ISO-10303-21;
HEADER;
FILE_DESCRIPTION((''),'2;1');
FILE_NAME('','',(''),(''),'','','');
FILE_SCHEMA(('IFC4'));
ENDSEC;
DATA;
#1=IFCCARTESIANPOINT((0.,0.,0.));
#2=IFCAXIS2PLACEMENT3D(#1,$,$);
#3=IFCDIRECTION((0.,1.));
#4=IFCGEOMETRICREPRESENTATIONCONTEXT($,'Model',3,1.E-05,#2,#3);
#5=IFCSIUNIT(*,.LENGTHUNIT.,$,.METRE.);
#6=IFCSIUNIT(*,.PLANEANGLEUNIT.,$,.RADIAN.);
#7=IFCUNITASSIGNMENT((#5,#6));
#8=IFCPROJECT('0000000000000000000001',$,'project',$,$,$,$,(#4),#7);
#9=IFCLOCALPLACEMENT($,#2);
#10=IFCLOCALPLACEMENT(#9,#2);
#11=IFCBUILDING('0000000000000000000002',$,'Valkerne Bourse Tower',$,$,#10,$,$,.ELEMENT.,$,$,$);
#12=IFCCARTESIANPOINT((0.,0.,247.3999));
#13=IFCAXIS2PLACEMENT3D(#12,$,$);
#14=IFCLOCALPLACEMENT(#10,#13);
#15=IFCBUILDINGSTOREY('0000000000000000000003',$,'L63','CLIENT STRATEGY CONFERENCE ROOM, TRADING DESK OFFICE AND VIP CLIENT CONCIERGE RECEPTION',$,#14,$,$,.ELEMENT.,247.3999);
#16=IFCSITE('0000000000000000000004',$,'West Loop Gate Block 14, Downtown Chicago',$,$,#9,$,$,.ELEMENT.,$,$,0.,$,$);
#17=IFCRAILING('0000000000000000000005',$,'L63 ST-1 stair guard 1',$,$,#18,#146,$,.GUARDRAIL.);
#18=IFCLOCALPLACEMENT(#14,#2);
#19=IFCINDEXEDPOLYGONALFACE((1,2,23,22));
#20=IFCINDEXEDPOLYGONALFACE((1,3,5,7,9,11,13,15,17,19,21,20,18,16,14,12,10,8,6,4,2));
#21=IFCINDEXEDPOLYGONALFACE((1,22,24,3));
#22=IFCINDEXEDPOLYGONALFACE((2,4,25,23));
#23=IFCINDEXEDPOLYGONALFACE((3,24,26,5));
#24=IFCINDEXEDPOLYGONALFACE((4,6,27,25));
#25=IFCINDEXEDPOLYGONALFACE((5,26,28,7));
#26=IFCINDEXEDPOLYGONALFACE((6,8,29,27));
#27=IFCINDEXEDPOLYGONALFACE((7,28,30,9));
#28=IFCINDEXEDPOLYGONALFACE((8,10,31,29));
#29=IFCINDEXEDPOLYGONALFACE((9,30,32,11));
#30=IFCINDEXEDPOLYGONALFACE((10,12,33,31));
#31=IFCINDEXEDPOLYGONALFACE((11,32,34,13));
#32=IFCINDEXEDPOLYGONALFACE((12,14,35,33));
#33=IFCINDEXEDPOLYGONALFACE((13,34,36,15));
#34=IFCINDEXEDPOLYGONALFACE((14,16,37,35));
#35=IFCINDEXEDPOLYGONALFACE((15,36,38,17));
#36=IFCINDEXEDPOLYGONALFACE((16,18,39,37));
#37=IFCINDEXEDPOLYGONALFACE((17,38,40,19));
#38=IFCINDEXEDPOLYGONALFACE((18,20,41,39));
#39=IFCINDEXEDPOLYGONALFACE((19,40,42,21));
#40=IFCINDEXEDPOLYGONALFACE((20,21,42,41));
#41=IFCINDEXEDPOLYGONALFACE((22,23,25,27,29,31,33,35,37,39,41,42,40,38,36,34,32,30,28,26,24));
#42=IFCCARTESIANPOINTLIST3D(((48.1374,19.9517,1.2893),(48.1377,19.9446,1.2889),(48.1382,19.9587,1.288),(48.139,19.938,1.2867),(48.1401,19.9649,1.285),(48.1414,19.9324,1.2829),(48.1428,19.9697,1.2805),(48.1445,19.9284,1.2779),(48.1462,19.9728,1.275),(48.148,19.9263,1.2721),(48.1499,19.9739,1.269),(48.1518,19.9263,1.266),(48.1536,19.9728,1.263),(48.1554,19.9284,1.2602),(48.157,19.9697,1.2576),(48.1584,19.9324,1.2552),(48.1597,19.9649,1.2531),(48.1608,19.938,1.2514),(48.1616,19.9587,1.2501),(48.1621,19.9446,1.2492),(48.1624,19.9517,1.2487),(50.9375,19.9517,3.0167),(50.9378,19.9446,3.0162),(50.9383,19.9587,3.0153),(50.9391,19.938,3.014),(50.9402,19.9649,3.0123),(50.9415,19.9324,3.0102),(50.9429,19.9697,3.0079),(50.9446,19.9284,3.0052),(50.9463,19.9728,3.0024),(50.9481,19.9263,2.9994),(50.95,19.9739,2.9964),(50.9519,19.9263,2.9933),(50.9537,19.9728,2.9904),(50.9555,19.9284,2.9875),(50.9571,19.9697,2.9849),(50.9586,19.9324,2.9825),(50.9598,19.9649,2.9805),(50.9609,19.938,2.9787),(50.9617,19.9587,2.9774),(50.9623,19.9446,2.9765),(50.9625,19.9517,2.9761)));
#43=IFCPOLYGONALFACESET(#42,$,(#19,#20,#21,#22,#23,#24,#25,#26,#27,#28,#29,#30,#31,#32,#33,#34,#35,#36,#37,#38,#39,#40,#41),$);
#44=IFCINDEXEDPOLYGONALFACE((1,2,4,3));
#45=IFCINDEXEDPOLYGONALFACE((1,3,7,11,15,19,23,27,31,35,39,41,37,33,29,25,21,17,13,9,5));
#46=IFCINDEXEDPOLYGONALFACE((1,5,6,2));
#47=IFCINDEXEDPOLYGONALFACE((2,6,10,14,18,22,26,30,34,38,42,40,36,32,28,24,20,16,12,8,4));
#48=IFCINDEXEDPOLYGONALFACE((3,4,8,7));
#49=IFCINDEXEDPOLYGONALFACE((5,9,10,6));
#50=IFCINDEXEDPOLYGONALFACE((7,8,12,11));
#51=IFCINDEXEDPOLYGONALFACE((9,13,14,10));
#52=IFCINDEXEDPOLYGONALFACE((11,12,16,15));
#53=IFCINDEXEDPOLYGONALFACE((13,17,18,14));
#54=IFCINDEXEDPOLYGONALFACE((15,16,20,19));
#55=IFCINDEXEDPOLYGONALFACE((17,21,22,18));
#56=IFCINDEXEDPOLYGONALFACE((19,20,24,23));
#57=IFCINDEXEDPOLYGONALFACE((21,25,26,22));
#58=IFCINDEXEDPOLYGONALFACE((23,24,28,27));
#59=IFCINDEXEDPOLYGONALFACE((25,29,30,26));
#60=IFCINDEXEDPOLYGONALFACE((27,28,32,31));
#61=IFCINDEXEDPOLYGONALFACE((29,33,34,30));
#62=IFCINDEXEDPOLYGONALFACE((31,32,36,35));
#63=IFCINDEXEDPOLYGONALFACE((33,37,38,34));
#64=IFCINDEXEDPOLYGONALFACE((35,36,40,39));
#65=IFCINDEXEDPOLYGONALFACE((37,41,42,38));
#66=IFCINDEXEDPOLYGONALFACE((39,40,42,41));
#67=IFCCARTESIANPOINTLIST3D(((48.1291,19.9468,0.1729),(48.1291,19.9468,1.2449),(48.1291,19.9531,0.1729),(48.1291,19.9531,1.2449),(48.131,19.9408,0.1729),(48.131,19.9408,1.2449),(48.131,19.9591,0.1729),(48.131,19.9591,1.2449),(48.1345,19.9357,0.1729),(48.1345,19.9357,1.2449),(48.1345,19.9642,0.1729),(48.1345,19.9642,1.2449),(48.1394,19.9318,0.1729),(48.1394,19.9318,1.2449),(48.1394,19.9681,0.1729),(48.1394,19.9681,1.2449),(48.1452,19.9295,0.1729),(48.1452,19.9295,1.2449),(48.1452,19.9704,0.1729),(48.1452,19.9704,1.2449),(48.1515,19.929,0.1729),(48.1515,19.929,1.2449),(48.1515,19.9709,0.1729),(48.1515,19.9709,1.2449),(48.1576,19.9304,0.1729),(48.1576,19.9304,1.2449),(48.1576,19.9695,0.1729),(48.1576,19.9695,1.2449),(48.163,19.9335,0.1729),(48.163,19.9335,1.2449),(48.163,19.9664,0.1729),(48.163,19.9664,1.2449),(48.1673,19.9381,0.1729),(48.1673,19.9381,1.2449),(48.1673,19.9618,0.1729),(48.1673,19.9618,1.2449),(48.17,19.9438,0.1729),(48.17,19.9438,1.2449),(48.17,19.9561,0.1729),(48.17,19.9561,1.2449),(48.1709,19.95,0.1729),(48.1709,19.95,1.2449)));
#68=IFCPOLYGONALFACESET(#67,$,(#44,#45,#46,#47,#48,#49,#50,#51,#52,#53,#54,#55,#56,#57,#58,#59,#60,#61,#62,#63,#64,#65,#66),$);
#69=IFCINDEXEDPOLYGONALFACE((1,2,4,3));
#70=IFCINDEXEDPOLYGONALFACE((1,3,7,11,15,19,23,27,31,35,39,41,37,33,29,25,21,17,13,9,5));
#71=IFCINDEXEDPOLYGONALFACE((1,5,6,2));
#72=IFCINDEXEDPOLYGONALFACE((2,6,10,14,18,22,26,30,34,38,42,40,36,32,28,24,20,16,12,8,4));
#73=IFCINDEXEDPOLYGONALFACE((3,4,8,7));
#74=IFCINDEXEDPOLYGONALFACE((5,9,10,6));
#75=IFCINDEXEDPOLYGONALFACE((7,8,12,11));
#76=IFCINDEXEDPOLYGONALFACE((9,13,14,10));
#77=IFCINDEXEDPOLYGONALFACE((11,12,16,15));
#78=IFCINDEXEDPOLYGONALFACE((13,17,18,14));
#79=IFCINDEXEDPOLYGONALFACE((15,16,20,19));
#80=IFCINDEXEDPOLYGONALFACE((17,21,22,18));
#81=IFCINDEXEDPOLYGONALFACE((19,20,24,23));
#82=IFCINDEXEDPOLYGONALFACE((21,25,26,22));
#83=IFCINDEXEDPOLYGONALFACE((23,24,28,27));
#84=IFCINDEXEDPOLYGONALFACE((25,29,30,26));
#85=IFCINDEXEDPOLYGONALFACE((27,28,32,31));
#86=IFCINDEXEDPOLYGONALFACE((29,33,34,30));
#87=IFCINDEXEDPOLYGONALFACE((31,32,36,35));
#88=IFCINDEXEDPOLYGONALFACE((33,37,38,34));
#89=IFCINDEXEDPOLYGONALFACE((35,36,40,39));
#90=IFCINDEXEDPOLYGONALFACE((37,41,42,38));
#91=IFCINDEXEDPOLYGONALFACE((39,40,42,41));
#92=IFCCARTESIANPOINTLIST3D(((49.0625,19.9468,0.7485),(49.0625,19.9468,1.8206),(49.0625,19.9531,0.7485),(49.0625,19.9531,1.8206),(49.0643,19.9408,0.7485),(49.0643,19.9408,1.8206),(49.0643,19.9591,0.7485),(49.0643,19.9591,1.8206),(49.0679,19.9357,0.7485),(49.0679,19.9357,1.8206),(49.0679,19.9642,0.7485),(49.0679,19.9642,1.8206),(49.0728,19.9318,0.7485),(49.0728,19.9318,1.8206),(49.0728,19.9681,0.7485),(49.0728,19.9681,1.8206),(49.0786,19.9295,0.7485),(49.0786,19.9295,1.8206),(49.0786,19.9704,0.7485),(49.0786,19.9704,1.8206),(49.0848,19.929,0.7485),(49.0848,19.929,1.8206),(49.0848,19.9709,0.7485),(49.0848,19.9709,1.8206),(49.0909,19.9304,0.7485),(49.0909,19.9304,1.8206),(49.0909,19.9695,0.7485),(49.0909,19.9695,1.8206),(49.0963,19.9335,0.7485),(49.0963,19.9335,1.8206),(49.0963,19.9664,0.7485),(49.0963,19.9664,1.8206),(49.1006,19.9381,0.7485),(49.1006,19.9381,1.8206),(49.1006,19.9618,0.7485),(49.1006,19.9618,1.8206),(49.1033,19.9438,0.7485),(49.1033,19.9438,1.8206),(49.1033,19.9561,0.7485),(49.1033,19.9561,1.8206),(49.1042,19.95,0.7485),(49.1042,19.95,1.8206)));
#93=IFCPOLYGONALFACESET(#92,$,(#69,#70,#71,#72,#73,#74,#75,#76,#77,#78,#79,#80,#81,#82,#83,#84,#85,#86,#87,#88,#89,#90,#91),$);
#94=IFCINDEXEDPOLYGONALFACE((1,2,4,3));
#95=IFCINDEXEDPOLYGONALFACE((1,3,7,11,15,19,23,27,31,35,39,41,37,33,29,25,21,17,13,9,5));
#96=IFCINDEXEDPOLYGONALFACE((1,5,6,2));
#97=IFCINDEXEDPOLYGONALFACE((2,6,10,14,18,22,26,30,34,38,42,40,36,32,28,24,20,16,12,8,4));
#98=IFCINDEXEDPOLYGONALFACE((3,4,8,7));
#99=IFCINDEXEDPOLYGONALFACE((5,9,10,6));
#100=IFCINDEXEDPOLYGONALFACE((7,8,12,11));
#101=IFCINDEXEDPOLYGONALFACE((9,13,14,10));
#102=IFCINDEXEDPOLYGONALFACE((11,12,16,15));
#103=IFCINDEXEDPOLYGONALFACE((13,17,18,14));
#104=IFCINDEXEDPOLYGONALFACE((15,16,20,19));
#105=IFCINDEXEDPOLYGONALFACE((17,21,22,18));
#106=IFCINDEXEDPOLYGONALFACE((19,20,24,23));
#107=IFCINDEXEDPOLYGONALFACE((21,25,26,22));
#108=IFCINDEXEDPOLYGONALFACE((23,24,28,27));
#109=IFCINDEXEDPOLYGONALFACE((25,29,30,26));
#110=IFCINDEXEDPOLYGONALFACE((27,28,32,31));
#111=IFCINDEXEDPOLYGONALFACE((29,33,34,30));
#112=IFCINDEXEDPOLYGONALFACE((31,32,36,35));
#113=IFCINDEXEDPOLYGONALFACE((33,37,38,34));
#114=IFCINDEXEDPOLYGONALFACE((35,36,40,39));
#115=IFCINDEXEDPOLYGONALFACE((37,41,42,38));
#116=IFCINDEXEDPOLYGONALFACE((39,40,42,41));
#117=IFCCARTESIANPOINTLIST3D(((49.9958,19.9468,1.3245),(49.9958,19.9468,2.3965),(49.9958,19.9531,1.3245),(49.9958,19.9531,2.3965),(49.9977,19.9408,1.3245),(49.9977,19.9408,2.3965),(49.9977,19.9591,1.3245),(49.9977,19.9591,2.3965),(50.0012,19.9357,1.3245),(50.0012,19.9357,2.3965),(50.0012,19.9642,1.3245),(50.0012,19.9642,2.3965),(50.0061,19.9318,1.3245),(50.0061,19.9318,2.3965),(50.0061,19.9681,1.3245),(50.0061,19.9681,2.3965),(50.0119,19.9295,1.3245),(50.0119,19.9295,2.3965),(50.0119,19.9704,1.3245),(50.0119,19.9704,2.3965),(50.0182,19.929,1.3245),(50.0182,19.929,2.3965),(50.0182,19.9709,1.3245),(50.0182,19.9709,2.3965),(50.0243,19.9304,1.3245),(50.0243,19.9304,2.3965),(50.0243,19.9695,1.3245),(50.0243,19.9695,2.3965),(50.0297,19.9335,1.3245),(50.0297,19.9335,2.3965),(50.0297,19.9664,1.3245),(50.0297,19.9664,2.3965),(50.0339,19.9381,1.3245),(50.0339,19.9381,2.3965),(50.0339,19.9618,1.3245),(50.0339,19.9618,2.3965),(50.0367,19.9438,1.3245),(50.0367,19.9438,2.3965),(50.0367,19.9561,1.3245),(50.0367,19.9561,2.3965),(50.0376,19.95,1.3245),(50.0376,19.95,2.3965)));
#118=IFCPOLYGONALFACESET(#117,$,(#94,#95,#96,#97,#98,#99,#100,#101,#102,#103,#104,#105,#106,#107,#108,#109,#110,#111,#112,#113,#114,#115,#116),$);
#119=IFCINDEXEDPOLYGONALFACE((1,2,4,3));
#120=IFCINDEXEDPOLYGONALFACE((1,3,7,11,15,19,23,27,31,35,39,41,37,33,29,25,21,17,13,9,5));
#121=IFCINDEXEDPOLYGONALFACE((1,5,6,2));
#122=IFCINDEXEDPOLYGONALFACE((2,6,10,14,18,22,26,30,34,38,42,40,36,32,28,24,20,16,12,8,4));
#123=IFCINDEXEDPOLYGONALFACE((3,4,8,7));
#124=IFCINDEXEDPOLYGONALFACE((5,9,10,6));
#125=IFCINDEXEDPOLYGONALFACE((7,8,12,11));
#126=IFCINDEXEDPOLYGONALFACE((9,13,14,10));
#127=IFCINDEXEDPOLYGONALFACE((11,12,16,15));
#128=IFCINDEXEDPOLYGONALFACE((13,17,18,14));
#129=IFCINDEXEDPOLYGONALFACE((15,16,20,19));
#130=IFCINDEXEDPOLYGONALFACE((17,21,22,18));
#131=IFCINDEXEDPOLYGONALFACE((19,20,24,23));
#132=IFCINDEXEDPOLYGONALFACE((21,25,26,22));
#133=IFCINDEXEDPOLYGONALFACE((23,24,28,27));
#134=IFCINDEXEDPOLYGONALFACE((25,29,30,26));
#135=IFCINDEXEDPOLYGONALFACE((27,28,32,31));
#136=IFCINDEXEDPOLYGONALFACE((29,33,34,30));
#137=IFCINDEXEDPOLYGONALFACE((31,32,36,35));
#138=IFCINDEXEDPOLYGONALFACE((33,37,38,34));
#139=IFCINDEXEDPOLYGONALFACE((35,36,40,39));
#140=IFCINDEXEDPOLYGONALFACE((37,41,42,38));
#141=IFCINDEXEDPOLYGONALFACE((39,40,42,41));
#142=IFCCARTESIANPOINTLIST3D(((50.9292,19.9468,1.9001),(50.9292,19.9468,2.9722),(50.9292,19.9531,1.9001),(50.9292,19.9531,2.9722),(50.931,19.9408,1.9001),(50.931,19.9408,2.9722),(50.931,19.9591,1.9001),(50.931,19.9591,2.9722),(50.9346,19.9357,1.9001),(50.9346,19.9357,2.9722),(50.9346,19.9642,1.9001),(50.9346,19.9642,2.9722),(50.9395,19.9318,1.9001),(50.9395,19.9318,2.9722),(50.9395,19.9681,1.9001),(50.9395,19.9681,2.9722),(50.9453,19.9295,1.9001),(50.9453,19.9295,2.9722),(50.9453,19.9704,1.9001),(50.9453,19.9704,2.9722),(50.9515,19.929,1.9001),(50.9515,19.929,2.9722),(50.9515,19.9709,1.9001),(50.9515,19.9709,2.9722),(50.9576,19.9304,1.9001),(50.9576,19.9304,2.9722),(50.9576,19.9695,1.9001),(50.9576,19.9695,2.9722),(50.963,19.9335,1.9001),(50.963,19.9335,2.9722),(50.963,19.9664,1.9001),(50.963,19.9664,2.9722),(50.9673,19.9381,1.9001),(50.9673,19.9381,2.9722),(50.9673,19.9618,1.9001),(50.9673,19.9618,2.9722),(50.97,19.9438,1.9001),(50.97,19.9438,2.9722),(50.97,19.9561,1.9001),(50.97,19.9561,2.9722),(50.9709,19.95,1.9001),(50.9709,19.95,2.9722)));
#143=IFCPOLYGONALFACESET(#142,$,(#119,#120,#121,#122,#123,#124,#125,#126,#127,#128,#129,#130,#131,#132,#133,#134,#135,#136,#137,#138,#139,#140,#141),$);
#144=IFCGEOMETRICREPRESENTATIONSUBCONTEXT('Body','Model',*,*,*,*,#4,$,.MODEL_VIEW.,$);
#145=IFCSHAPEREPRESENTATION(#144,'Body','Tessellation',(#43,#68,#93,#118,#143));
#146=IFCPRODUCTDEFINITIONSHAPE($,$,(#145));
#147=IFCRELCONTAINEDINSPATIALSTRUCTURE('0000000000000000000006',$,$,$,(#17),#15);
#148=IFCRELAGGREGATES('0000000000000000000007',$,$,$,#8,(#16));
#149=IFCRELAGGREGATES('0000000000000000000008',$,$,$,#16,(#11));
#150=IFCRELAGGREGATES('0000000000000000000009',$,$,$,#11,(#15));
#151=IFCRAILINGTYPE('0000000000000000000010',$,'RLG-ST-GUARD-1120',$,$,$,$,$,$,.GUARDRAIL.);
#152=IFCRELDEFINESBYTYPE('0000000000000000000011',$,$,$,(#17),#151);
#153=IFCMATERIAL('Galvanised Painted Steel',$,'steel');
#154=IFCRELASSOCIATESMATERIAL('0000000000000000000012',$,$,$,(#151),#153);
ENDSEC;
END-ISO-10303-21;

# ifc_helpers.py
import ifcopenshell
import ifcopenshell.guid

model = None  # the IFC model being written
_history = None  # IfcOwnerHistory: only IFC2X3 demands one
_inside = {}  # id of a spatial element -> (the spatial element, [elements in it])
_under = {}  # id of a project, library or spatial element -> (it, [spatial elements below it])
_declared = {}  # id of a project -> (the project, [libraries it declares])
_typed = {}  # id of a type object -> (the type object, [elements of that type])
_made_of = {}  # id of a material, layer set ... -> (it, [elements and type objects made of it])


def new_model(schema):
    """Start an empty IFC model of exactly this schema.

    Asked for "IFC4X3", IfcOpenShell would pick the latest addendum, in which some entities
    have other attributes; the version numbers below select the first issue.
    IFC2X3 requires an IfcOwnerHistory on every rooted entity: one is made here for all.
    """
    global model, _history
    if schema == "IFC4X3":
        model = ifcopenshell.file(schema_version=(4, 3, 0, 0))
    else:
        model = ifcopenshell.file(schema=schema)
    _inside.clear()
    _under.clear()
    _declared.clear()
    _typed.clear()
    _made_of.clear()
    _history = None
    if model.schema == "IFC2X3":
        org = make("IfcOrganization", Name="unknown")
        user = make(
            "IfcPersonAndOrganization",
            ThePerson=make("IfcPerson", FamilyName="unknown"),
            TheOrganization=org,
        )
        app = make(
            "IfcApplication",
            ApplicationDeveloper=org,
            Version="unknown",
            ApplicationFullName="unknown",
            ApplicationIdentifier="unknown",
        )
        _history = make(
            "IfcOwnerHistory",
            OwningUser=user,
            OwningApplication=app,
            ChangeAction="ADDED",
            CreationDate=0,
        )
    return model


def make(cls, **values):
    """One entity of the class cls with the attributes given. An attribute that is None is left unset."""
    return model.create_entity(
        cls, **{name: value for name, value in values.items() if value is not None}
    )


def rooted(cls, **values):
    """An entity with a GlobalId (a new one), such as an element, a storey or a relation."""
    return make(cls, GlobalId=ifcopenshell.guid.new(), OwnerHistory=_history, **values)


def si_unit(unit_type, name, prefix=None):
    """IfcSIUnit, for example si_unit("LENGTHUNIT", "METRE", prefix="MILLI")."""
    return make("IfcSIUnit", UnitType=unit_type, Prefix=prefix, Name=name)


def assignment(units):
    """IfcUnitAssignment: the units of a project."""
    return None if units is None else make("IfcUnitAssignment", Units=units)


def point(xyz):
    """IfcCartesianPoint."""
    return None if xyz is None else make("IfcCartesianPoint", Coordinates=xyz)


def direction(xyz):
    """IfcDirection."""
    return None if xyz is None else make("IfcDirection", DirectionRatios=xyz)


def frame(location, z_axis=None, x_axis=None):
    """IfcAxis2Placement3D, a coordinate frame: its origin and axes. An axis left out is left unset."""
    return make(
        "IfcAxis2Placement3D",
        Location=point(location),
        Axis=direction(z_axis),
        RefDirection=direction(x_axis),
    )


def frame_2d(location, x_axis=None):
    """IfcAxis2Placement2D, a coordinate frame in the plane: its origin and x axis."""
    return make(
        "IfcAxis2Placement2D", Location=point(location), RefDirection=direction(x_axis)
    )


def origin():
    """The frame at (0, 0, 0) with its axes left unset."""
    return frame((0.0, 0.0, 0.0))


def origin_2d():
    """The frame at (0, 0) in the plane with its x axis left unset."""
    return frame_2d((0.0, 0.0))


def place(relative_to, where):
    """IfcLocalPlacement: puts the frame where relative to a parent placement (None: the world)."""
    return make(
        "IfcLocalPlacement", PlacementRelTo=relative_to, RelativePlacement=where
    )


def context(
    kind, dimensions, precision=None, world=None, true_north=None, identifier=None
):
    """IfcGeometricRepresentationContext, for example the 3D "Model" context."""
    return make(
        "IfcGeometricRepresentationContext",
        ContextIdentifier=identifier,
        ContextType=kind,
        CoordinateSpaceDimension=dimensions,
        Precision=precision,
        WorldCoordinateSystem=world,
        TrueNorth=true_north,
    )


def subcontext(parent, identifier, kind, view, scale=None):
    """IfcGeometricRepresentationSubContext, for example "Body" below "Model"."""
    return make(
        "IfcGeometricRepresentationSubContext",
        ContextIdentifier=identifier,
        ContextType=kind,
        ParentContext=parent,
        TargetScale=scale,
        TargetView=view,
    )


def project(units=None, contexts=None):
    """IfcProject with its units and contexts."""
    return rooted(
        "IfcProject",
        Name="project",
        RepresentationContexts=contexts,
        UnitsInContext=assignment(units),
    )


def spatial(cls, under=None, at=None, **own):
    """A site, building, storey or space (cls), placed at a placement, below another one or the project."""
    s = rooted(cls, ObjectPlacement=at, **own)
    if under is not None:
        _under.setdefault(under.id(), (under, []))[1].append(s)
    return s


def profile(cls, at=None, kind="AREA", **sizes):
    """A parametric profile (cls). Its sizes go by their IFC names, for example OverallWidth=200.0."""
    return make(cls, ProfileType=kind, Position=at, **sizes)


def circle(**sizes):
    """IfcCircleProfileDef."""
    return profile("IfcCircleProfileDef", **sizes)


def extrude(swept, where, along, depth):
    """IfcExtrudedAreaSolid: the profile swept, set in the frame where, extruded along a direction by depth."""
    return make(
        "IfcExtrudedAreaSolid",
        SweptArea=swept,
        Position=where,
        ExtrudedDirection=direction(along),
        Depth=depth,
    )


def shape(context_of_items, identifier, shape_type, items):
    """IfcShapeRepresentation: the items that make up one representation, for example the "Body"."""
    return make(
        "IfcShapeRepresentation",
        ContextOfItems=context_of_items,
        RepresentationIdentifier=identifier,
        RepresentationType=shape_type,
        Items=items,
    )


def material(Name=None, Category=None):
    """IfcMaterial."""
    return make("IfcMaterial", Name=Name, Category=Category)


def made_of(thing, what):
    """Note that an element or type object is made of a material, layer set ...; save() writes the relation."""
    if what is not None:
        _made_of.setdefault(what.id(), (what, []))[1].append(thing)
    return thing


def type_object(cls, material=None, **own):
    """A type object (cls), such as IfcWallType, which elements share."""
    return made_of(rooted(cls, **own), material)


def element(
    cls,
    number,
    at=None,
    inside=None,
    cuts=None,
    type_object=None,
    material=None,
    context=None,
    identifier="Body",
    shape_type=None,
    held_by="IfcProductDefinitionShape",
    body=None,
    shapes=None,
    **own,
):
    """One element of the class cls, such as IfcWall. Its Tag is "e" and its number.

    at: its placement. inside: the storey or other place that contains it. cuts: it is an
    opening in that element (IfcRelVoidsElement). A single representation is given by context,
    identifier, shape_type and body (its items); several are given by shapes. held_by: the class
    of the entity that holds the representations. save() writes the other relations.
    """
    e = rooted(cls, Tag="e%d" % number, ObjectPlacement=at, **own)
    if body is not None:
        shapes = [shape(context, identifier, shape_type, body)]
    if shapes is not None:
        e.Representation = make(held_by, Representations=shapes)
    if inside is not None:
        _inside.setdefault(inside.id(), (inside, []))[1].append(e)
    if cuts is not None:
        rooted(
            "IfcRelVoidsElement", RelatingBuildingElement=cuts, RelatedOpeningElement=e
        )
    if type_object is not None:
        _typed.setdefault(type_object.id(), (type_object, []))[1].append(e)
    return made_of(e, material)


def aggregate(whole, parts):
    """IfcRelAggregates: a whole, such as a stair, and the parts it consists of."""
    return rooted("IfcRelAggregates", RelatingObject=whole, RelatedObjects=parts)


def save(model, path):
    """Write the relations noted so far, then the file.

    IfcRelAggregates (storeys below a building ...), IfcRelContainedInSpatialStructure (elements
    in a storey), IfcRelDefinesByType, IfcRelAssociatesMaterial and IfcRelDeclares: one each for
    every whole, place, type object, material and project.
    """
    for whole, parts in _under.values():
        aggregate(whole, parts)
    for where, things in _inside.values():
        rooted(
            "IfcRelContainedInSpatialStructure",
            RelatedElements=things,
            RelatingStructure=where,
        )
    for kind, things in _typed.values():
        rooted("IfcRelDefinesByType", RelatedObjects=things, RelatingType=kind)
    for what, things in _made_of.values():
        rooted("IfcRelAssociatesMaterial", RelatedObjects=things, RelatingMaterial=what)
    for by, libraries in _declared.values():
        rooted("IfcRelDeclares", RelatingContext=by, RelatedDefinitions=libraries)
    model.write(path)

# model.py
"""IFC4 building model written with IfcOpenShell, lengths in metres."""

from ifc_helpers import new_model, si_unit, direction, frame, origin, origin_2d, place, context, subcontext, project, spatial, circle, extrude, material, type_object, element, save


model = new_model("IFC4")

# Units and contexts
model_context = context("Model", 3, precision=1e-05, world=origin(), true_north=direction((0.0, 1.0)))
body_context = subcontext(model_context, "Body", "Model", "MODEL_VIEW")
ifc_project = project(units=[si_unit("LENGTHUNIT", "METRE"), si_unit("PLANEANGLEUNIT", "RADIAN")], contexts=[model_context])

# Site, building, storey
site_placement = place(None, origin())
site = spatial("IfcSite", under=ifc_project, at=site_placement, Name="West Loop Gate Block 14, Downtown Chicago", CompositionType="ELEMENT", RefElevation=0.0)
building_placement = place(site_placement, origin())
building = spatial("IfcBuilding", under=site, at=building_placement, Name="Valkerne Bourse Tower", CompositionType="ELEMENT")
storey_placement = place(building_placement, frame((0.0, 0.0, 247.3999)))
storey = spatial("IfcBuildingStorey", under=building, at=storey_placement, Name="L63", Description="CLIENT STRATEGY CONFERENCE ROOM, TRADING DESK OFFICE AND VIP CLIENT CONCIERGE RECEPTION", CompositionType="ELEMENT", Elevation=247.3999)

# Shared definitions
ifc_material_1 = material(Name="Galvanised Painted Steel", Category="steel")

# Railing
railing_type_1 = type_object("IfcRailingType", Name="RLG-ST-GUARD-1120", PredefinedType="GUARDRAIL", material=ifc_material_1)
railing_1_placement = place(storey_placement, frame((48.1499, 19.95, 0.1729)))
element("IfcRailing", 1, at=railing_1_placement, inside=storey, type_object=railing_type_1, Name="L63 ST-1 stair guard 1", PredefinedType="GUARDRAIL", context=body_context, shape_type="SweptSolid", body=[
    extrude(circle(Radius=0.0239, at=origin_2d()), frame((0.0, 0.0, 1.0962), z_axis=(0.85109, 0.0, 0.52502), x_axis=(0.0, 1.0, 0.0)), (0.0, 0.0, 1.0), 3.29),
    extrude(circle(Radius=0.021, at=origin_2d()), origin(), (0.0, 0.0, 1.0), 1.072),
    extrude(circle(Radius=0.021, at=origin_2d()), frame((0.9333, 0.0, 0.5757)), (0.0, 0.0, 1.0), 1.072),
    extrude(circle(Radius=0.021, at=origin_2d()), frame((1.8667, 0.0, 1.1516)), (0.0, 0.0, 1.0), 1.072),
    extrude(circle(Radius=0.021, at=origin_2d()), frame((2.8, 0.0, 1.7273)), (0.0, 0.0, 1.0), 1.072),
])

save(model, "model.ifc")
